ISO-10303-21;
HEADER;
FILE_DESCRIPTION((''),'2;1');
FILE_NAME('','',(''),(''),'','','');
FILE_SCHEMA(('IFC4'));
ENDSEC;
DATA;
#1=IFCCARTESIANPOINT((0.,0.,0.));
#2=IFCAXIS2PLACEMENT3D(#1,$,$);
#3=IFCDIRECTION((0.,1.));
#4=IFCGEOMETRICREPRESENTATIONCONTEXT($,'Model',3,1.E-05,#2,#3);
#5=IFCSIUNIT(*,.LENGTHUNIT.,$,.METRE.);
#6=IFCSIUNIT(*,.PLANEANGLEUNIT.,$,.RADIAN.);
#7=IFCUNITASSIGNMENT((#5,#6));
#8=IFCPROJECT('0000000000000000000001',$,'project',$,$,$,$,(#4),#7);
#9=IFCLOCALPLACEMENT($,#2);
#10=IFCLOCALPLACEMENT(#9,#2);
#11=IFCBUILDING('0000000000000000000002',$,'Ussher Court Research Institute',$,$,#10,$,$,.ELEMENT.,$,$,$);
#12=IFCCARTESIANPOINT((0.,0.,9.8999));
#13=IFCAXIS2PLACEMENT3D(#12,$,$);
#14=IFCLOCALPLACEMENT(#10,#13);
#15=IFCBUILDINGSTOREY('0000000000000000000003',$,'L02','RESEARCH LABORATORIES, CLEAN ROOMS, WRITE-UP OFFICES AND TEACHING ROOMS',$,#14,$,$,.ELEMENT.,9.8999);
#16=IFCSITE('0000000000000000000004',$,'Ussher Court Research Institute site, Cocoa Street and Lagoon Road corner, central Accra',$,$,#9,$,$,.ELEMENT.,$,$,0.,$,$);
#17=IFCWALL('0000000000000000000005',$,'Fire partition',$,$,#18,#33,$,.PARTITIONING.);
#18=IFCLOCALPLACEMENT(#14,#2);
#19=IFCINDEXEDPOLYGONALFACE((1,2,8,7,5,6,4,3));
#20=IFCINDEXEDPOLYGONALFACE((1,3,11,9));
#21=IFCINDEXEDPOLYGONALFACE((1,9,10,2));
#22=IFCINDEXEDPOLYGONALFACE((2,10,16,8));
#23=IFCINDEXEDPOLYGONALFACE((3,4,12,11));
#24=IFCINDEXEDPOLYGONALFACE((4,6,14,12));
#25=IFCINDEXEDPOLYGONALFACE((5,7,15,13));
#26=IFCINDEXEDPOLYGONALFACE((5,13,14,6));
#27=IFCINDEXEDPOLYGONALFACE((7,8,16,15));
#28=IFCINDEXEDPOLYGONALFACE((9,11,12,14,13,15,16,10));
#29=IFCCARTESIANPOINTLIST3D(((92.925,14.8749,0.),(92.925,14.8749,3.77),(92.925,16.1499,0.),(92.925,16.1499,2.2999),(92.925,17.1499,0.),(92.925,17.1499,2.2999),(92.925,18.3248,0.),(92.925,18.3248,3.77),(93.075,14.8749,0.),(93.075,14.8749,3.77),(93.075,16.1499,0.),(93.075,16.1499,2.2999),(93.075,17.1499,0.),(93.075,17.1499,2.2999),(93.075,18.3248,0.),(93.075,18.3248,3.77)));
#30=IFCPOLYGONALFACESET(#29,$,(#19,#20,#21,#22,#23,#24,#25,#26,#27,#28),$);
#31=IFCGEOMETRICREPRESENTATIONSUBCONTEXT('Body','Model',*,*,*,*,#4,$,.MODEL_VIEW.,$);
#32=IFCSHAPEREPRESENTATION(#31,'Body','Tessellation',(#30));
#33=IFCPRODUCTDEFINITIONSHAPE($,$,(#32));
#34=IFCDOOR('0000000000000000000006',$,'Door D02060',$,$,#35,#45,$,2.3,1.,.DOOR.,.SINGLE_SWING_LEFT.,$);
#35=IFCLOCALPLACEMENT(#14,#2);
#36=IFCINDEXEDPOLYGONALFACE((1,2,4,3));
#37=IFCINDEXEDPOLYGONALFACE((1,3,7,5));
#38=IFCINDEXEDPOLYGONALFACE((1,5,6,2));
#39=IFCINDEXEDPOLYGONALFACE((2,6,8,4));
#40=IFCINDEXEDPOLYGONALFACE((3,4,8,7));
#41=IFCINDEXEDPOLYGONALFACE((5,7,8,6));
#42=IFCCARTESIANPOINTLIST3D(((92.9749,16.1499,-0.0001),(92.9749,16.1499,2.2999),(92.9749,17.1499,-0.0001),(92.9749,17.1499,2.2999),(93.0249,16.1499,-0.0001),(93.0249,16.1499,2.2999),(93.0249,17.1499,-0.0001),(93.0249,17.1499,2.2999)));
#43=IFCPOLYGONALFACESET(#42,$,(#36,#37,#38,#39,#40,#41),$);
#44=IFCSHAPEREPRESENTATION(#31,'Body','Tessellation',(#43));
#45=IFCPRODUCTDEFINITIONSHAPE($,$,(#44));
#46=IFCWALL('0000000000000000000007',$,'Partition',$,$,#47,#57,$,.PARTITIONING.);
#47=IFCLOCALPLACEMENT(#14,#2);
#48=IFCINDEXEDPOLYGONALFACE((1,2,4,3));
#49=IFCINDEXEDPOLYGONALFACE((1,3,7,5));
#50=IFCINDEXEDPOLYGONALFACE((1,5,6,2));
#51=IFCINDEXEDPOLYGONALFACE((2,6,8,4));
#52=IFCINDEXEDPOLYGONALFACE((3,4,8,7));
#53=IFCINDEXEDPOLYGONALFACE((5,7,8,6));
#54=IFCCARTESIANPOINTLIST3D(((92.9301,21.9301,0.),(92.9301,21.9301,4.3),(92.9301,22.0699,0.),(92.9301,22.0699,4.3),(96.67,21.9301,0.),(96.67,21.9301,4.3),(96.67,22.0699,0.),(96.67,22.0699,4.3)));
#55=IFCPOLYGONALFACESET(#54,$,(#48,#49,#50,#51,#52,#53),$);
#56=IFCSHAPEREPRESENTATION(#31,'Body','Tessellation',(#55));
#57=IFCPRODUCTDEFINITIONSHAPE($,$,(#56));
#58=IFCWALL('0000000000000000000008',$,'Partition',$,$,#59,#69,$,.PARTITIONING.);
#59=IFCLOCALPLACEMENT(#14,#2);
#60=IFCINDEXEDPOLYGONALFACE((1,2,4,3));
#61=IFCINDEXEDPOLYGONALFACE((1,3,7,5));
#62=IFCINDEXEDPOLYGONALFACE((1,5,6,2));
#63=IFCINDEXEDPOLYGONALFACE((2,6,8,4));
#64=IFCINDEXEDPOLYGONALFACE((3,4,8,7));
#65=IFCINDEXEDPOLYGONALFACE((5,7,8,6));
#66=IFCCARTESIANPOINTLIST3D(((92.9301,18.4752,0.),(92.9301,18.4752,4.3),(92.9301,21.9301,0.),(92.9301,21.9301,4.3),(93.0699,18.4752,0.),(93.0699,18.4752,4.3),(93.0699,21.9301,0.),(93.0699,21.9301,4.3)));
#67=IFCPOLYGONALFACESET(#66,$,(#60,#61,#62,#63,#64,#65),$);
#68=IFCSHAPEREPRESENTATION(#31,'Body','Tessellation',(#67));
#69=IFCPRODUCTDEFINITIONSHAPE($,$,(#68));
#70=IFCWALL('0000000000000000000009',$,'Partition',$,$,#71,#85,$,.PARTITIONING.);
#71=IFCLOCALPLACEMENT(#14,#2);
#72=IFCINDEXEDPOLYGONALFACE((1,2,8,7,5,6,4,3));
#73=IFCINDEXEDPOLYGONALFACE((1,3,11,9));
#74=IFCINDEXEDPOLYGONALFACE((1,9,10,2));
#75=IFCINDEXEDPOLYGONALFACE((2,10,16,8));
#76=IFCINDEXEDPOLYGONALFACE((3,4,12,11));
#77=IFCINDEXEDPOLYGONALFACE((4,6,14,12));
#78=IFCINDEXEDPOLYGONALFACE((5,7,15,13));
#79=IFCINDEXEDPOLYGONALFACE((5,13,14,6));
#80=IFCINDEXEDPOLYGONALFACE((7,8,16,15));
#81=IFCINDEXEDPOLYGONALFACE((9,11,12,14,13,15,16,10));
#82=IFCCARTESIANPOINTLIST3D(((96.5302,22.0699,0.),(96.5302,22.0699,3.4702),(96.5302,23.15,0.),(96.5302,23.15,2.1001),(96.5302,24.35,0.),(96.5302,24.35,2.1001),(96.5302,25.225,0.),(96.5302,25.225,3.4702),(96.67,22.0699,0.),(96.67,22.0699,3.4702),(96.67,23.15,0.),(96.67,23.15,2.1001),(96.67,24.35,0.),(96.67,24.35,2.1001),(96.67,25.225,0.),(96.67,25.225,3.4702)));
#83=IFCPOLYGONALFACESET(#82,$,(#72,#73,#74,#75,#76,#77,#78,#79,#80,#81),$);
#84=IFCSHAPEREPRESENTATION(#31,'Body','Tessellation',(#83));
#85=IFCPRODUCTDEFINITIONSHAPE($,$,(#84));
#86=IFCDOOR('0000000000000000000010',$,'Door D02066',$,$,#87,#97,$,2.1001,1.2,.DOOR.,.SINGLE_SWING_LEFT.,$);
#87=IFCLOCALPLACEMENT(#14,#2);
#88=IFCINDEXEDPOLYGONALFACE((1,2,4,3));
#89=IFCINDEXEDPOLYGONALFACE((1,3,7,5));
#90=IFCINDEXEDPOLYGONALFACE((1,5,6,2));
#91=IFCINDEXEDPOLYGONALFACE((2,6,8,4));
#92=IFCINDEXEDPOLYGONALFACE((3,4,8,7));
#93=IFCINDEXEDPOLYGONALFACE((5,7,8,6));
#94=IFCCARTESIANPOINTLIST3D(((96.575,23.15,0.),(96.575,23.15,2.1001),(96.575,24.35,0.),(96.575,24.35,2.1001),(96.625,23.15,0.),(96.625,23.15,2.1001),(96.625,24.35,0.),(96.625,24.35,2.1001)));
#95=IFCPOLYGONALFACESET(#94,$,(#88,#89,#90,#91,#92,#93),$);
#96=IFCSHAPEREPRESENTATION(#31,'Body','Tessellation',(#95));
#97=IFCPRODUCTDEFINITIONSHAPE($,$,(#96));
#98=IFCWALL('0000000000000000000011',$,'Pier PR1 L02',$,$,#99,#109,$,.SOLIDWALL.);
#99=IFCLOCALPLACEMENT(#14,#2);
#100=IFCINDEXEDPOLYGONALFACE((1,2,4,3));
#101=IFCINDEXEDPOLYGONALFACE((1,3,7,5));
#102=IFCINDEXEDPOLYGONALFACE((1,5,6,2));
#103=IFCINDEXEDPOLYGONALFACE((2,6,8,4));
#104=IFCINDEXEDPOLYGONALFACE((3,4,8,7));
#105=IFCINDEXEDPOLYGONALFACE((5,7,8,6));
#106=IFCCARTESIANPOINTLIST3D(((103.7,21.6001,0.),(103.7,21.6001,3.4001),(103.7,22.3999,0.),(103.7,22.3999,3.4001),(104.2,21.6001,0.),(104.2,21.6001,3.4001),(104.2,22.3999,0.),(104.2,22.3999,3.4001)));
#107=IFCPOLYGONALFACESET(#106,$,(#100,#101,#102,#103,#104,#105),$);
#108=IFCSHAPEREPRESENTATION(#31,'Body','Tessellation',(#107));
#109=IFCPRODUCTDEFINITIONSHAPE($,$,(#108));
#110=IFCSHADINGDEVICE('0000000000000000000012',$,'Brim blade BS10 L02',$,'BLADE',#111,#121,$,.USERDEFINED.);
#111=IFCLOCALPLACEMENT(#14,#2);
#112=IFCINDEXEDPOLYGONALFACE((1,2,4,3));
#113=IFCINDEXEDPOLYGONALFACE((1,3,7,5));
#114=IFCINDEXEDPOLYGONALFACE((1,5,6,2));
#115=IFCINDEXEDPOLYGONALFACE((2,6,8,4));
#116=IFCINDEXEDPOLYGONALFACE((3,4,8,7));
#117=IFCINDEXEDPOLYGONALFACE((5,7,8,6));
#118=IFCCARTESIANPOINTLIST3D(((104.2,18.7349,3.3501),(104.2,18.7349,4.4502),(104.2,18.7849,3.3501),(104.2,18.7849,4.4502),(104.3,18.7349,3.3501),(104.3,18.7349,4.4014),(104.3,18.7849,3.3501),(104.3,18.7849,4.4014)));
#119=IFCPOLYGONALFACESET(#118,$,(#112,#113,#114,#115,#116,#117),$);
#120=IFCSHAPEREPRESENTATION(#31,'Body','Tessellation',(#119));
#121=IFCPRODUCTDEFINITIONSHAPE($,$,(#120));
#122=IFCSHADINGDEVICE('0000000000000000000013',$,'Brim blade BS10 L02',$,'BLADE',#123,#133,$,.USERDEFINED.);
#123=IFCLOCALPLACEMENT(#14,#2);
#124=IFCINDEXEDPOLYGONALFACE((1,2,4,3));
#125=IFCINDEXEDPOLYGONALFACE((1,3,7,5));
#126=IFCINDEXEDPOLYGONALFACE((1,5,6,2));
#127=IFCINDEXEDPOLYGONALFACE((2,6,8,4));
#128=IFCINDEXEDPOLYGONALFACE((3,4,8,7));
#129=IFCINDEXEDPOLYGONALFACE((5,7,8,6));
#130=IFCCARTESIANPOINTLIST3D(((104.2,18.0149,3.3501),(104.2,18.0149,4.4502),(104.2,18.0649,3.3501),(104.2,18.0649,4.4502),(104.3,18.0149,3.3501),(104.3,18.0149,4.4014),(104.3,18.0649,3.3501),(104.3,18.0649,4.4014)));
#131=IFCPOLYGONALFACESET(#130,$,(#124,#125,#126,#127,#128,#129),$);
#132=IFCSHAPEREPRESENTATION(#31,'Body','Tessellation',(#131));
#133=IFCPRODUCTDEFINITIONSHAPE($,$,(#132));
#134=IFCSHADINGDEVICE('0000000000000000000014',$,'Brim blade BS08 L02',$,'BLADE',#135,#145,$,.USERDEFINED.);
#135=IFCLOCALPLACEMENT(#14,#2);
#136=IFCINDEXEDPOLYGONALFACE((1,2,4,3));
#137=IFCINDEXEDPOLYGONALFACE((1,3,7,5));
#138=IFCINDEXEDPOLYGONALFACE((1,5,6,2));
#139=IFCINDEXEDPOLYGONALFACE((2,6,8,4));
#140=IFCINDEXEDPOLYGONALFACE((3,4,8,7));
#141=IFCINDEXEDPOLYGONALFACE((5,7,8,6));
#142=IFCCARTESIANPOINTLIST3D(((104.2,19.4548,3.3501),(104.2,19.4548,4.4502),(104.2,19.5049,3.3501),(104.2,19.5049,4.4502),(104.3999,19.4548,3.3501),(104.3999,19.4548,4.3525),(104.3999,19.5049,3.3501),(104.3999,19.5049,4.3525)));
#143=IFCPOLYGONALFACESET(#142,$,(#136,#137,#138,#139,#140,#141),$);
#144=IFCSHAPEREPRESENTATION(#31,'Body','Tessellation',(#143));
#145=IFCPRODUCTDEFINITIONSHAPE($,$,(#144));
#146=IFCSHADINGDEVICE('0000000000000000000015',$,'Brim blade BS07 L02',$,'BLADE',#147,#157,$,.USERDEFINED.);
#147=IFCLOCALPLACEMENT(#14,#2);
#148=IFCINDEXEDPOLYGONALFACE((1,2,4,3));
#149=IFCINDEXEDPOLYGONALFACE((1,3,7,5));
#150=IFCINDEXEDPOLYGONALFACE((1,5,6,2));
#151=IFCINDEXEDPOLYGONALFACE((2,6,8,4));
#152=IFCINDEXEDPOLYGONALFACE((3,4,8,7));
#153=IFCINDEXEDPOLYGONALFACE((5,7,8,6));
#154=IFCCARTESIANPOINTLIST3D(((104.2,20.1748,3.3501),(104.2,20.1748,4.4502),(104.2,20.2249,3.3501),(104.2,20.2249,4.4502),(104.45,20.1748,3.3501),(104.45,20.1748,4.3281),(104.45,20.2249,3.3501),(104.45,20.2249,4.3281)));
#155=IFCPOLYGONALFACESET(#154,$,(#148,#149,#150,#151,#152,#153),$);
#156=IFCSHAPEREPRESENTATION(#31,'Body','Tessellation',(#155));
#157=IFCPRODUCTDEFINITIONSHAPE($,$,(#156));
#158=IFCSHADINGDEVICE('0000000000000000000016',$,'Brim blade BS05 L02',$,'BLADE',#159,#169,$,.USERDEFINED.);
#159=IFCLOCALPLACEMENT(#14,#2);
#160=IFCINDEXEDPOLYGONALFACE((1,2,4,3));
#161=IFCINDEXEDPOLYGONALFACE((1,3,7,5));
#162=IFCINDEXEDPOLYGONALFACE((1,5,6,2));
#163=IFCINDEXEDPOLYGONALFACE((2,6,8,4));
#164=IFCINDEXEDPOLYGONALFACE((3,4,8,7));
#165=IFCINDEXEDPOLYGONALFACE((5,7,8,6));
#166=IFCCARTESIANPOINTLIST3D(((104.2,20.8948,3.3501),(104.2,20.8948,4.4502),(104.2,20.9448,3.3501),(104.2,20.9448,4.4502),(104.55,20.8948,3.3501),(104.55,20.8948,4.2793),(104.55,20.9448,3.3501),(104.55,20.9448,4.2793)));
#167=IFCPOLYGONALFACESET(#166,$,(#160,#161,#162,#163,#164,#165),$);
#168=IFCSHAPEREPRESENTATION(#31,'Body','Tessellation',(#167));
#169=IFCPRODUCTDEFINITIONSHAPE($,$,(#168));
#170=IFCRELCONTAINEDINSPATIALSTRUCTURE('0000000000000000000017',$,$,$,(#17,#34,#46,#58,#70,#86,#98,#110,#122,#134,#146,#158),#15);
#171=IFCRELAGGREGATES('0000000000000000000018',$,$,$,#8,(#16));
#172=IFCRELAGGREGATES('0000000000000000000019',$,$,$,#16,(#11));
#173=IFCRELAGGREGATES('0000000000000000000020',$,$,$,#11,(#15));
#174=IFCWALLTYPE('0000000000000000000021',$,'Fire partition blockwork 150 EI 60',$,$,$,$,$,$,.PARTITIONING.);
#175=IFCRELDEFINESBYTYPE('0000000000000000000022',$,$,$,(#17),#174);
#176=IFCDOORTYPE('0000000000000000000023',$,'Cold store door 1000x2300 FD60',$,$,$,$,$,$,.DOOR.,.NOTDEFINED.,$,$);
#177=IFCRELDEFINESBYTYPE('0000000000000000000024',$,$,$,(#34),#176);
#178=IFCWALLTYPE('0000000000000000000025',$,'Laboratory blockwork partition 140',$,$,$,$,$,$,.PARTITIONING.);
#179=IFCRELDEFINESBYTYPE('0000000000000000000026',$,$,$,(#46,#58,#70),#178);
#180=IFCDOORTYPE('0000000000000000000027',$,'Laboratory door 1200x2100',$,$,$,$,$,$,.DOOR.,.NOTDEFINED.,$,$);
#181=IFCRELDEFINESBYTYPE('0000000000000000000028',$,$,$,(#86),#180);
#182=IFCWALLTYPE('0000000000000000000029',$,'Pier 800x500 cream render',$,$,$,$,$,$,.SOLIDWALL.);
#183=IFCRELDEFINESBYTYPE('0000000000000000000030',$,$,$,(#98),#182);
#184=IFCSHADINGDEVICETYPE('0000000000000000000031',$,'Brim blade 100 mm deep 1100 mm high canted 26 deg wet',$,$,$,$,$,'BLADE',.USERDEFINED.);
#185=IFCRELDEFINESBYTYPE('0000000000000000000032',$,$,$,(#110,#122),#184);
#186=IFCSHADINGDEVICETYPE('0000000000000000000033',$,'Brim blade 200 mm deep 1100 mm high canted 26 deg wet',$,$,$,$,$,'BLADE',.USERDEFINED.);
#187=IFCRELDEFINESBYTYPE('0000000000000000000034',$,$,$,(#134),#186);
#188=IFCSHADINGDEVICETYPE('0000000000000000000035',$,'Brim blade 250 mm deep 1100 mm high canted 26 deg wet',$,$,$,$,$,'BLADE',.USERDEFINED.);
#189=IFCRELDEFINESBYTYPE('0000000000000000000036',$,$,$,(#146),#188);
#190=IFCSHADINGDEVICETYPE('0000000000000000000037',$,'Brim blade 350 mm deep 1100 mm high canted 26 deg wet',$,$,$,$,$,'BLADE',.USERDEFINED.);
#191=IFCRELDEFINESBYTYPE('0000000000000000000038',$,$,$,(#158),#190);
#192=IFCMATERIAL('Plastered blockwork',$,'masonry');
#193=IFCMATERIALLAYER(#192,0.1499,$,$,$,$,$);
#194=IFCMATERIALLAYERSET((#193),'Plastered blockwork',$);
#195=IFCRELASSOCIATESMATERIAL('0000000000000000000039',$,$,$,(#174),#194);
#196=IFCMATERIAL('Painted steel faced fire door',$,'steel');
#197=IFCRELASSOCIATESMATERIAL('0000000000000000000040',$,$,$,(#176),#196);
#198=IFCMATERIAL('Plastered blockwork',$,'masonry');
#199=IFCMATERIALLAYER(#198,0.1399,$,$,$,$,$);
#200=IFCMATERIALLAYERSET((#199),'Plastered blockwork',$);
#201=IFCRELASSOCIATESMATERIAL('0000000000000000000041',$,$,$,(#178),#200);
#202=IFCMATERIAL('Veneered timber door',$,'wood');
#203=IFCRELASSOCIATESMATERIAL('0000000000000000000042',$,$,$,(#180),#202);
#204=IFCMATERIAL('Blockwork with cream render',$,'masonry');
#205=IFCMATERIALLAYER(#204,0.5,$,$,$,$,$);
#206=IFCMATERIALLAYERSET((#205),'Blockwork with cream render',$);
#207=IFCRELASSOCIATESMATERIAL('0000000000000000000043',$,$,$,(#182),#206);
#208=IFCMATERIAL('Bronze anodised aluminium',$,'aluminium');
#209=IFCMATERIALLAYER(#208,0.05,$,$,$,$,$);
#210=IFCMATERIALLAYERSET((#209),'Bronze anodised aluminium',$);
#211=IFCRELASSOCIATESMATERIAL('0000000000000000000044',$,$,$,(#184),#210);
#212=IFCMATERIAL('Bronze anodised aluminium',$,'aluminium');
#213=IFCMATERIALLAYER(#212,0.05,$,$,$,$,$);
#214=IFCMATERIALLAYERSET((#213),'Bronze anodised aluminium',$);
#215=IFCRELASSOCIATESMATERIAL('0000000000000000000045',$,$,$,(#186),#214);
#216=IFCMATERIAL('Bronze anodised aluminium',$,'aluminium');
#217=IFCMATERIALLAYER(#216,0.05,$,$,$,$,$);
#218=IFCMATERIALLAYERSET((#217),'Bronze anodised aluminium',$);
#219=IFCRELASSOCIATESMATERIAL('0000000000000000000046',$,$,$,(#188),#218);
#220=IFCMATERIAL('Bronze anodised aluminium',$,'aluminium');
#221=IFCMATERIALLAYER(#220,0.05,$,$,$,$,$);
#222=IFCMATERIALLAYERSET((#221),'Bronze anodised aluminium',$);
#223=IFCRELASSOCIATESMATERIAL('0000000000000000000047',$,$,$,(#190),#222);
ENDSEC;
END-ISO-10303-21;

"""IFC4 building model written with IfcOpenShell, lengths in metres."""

from ifc_helpers import new_model, si_unit, direction, frame, frame_2d, origin, place, context, subcontext, project, spatial, polyline, rectangle, outline, extrude, material, layer, layer_set, type_object, element, fill, save


model = new_model("IFC4")

# Units and contexts
model_context = context("Model", 3, precision=1e-05, world=origin(), true_north=direction((0.0, 1.0)))
body_context = subcontext(model_context, "Body", "Model", "MODEL_VIEW")
ifc_project = project(units=[si_unit("LENGTHUNIT", "METRE"), si_unit("PLANEANGLEUNIT", "RADIAN")], contexts=[model_context])

# Site, building, storey
site_placement = place(None, origin())
site = spatial("IfcSite", under=ifc_project, at=site_placement, Name="Ussher Court Research Institute site, Cocoa Street and Lagoon Road corner, central Accra", CompositionType="ELEMENT", RefElevation=0.0)
building_placement = place(site_placement, origin())
building = spatial("IfcBuilding", under=site, at=building_placement, Name="Ussher Court Research Institute", CompositionType="ELEMENT")
storey_placement = place(building_placement, frame((0.0, 0.0, 9.8999)))
storey = spatial("IfcBuildingStorey", under=building, at=storey_placement, Name="L02", Description="RESEARCH LABORATORIES, CLEAN ROOMS, WRITE-UP OFFICES AND TEACHING ROOMS", CompositionType="ELEMENT", Elevation=9.8999)

# Shared definitions
ifc_material_1 = material(Name="Plastered blockwork", Category="masonry")
ifc_layer_1 = layer(ifc_material_1, 0.1499)
ifc_layer_set_1 = layer_set([ifc_layer_1], Name="Plastered blockwork")
wall_type_1 = type_object("IfcWallType", Name="Fire partition blockwork 150 EI 60", PredefinedType="PARTITIONING", material=ifc_layer_set_1)

# Wall, opening, door
wall_1_placement = place(storey_placement, frame((93.0, 18.325, 0.0), z_axis=(0.0, 0.0, 1.0), x_axis=(0.0, -1.0, 0.0)))
wall_1 = element("IfcWall", 1, at=wall_1_placement, inside=storey, type_object=wall_type_1, Name="Fire partition", PredefinedType="PARTITIONING", context=body_context, shape_type="SweptSolid", body=[
    extrude(rectangle(XDim=3.45, YDim=0.1499, at=frame_2d((1.7251, 0.0))), origin(), (0.0, 0.0, 1.0), 3.77),
])
opening_1_placement = place(wall_1_placement, frame((1.175, 0.0, 0.0)))
opening_1 = element("IfcOpeningElement", 2, at=opening_1_placement, cuts=wall_1, PredefinedType="OPENING", context=body_context, shape_type="SweptSolid", body=[
    extrude(rectangle(XDim=1.0, YDim=2.3, at=frame_2d((0.5, 1.1499))), frame((0.0, 0.085, 0.0), z_axis=(0.0, -1.0, 0.0), x_axis=(1.0, 0.0, 0.0)), (0.0, 0.0, 1.0), 0.1699),
])
ifc_material_2 = material(Name="Painted steel faced fire door", Category="steel")
door_type_1 = type_object("IfcDoorType", Name="Cold store door 1000x2300 FD60", OperationType="NOTDEFINED", PredefinedType="DOOR", material=ifc_material_2)
door_1_placement = place(opening_1_placement, origin())
door_1 = element("IfcDoor", 3, at=door_1_placement, inside=storey, type_object=door_type_1, Name="Door D02060", OperationType="SINGLE_SWING_LEFT", OverallHeight=2.3, OverallWidth=1.0, PredefinedType="DOOR", context=body_context, shape_type="SweptSolid", body=[
    extrude(rectangle(XDim=1.0, YDim=2.3, at=frame_2d((0.5, 1.1499))), frame((0.0, 0.0249, 0.0), z_axis=(0.0, -1.0, 0.0), x_axis=(1.0, 0.0, 0.0)), (0.0, 0.0, 1.0), 0.05),
])
fill(opening_1, door_1)

# Walls
ifc_material_3 = material(Name="Plastered blockwork", Category="masonry")
ifc_layer_2 = layer(ifc_material_3, 0.1399)
ifc_layer_set_2 = layer_set([ifc_layer_2], Name="Plastered blockwork")
wall_type_2 = type_object("IfcWallType", Name="Laboratory blockwork partition 140", PredefinedType="PARTITIONING", material=ifc_layer_set_2)
wall_2_placement = place(storey_placement, frame((92.9299, 22.0, 0.0), z_axis=(0.0, 0.0, 1.0), x_axis=(1.0, 0.0, 0.0)))
element("IfcWall", 4, at=wall_2_placement, inside=storey, type_object=wall_type_2, Name="Partition", PredefinedType="PARTITIONING", context=body_context, shape_type="SweptSolid", body=[
    extrude(rectangle(XDim=3.74, YDim=0.1399, at=frame_2d((1.8701, 0.0))), origin(), (0.0, 0.0, 1.0), 4.3),
])
wall_3_placement = place(storey_placement, frame((93.0, 18.4751, 0.0), z_axis=(0.0, 0.0, 1.0), x_axis=(0.0, 1.0, 0.0)))
element("IfcWall", 5, at=wall_3_placement, inside=storey, type_object=wall_type_2, Name="Partition", PredefinedType="PARTITIONING", context=body_context, shape_type="SweptSolid", body=[
    extrude(rectangle(XDim=3.4548, YDim=0.1399, at=frame_2d((1.7275, 0.0))), origin(), (0.0, 0.0, 1.0), 4.3),
])

# Wall, opening, door
wall_4_placement = place(storey_placement, frame((96.6001, 25.2251, 0.0), z_axis=(0.0, 0.0, 1.0), x_axis=(0.0, -1.0, 0.0)))
wall_4 = element("IfcWall", 6, at=wall_4_placement, inside=storey, type_object=wall_type_2, Name="Partition", PredefinedType="PARTITIONING", context=body_context, shape_type="SweptSolid", body=[
    extrude(rectangle(XDim=3.155, YDim=0.1399, at=frame_2d((1.5776, 0.0))), origin(), (0.0, 0.0, 1.0), 3.4702),
])
opening_2_placement = place(wall_4_placement, frame((0.875, 0.0, 0.0)))
opening_2 = element("IfcOpeningElement", 7, at=opening_2_placement, cuts=wall_4, PredefinedType="OPENING", context=body_context, shape_type="SweptSolid", body=[
    extrude(rectangle(XDim=1.2, YDim=2.1001, at=frame_2d((0.6001, 1.05))), frame((0.0, 0.0801, 0.0), z_axis=(0.0, -1.0, 0.0), x_axis=(1.0, 0.0, 0.0)), (0.0, 0.0, 1.0), 0.1599),
])
ifc_material_4 = material(Name="Veneered timber door", Category="wood")
door_type_2 = type_object("IfcDoorType", Name="Laboratory door 1200x2100", OperationType="NOTDEFINED", PredefinedType="DOOR", material=ifc_material_4)
door_2_placement = place(opening_2_placement, origin())
door_2 = element("IfcDoor", 8, at=door_2_placement, inside=storey, type_object=door_type_2, Name="Door D02066", OperationType="SINGLE_SWING_LEFT", OverallHeight=2.1001, OverallWidth=1.2, PredefinedType="DOOR", context=body_context, shape_type="SweptSolid", body=[
    extrude(rectangle(XDim=1.2, YDim=2.1001, at=frame_2d((0.6001, 1.05))), frame((0.0, 0.0249, 0.0), z_axis=(0.0, -1.0, 0.0), x_axis=(1.0, 0.0, 0.0)), (0.0, 0.0, 1.0), 0.05),
])
fill(opening_2, door_2)

# Wall
ifc_material_5 = material(Name="Blockwork with cream render", Category="masonry")
ifc_layer_3 = layer(ifc_material_5, 0.5)
ifc_layer_set_3 = layer_set([ifc_layer_3], Name="Blockwork with cream render")
wall_type_3 = type_object("IfcWallType", Name="Pier 800x500 cream render", PredefinedType="SOLIDWALL", material=ifc_layer_set_3)
wall_5_placement = place(storey_placement, frame((103.95, 22.3999, 0.0), z_axis=(0.0, 0.0, 1.0), x_axis=(0.0, -1.0, 0.0)))
element("IfcWall", 9, at=wall_5_placement, inside=storey, type_object=wall_type_3, Name="Pier PR1 L02", PredefinedType="SOLIDWALL", context=body_context, shape_type="SweptSolid", body=[
    extrude(rectangle(XDim=0.7998, YDim=0.5, at=frame_2d((0.3999, 0.0))), origin(), (0.0, 0.0, 1.0), 3.4001),
])

# Shading devices
ifc_material_6 = material(Name="Bronze anodised aluminium", Category="aluminium")
ifc_layer_4 = layer(ifc_material_6, 0.05)
ifc_layer_set_4 = layer_set([ifc_layer_4], Name="Bronze anodised aluminium")
shading_device_type_1 = type_object("IfcShadingDeviceType", Name="Brim blade 100 mm deep 1100 mm high canted 26 deg wet", ElementType="BLADE", PredefinedType="USERDEFINED", material=ifc_layer_set_4)
for number, where, z_axis, x_axis, name in (
    (10, (104.2, 18.76, 3.3501), (0.0, 0.0, 1.0), (1.0, 0.0, 0.0), "Brim blade BS10 L02"),
    (11, (104.2, 18.04, 3.3501), (0.0, 0.0, 1.0), (1.0, 0.0, 0.0), "Brim blade BS10 L02"),
):
    element("IfcShadingDevice", number, at=place(storey_placement, frame(where, z_axis=z_axis, x_axis=x_axis)), inside=storey, type_object=shading_device_type_1, Name=name, ObjectType="BLADE", PredefinedType="USERDEFINED", context=body_context, shape_type="SweptSolid", body=[
        extrude(outline(polyline([(0.0, 0.0), (0.1001, 0.0), (0.1001, 1.0513), (0.0, 1.1001), (0.0, 0.0)])), frame((0.0, 0.0249, 0.0), z_axis=(0.0, -1.0, 0.0), x_axis=(1.0, 0.0, 0.0)), (0.0, 0.0, 1.0), 0.05),
    ])
ifc_material_7 = material(Name="Bronze anodised aluminium", Category="aluminium")
ifc_layer_5 = layer(ifc_material_7, 0.05)
ifc_layer_set_5 = layer_set([ifc_layer_5], Name="Bronze anodised aluminium")
shading_device_type_2 = type_object("IfcShadingDeviceType", Name="Brim blade 200 mm deep 1100 mm high canted 26 deg wet", ElementType="BLADE", PredefinedType="USERDEFINED", material=ifc_layer_set_5)
shading_device_1_placement = place(storey_placement, frame((104.2, 19.48, 3.3501), z_axis=(0.0, 0.0, 1.0), x_axis=(1.0, 0.0, 0.0)))
element("IfcShadingDevice", 12, at=shading_device_1_placement, inside=storey, type_object=shading_device_type_2, Name="Brim blade BS08 L02", ObjectType="BLADE", PredefinedType="USERDEFINED", context=body_context, shape_type="SweptSolid", body=[
    extrude(outline(polyline([(0.0, 0.0), (0.2, 0.0), (0.2, 1.0024), (0.0, 1.1001), (0.0, 0.0)])), frame((0.0, 0.0249, 0.0), z_axis=(0.0, -1.0, 0.0), x_axis=(1.0, 0.0, 0.0)), (0.0, 0.0, 1.0), 0.05),
])
ifc_material_8 = material(Name="Bronze anodised aluminium", Category="aluminium")
ifc_layer_6 = layer(ifc_material_8, 0.05)
ifc_layer_set_6 = layer_set([ifc_layer_6], Name="Bronze anodised aluminium")
shading_device_type_3 = type_object("IfcShadingDeviceType", Name="Brim blade 250 mm deep 1100 mm high canted 26 deg wet", ElementType="BLADE", PredefinedType="USERDEFINED", material=ifc_layer_set_6)
shading_device_2_placement = place(storey_placement, frame((104.2, 20.2, 3.3501), z_axis=(0.0, 0.0, 1.0), x_axis=(1.0, 0.0, 0.0)))
element("IfcShadingDevice", 13, at=shading_device_2_placement, inside=storey, type_object=shading_device_type_3, Name="Brim blade BS07 L02", ObjectType="BLADE", PredefinedType="USERDEFINED", context=body_context, shape_type="SweptSolid", body=[
    extrude(outline(polyline([(0.0, 0.0), (0.25, 0.0), (0.25, 0.978), (0.0, 1.1001), (0.0, 0.0)])), frame((0.0, 0.0249, 0.0), z_axis=(0.0, -1.0, 0.0), x_axis=(1.0, 0.0, 0.0)), (0.0, 0.0, 1.0), 0.05),
])
ifc_material_9 = material(Name="Bronze anodised aluminium", Category="aluminium")
ifc_layer_7 = layer(ifc_material_9, 0.05)
ifc_layer_set_7 = layer_set([ifc_layer_7], Name="Bronze anodised aluminium")
shading_device_type_4 = type_object("IfcShadingDeviceType", Name="Brim blade 350 mm deep 1100 mm high canted 26 deg wet", ElementType="BLADE", PredefinedType="USERDEFINED", material=ifc_layer_set_7)
shading_device_3_placement = place(storey_placement, frame((104.2, 20.9199, 3.3501), z_axis=(0.0, 0.0, 1.0), x_axis=(1.0, 0.0, 0.0)))
element("IfcShadingDevice", 14, at=shading_device_3_placement, inside=storey, type_object=shading_device_type_4, Name="Brim blade BS05 L02", ObjectType="BLADE", PredefinedType="USERDEFINED", context=body_context, shape_type="SweptSolid", body=[
    extrude(outline(polyline([(0.0, 0.0), (0.3501, 0.0), (0.3501, 0.9292), (0.0, 1.1001), (0.0, 0.0)])), frame((0.0, 0.0249, 0.0), z_axis=(0.0, -1.0, 0.0), x_axis=(1.0, 0.0, 0.0)), (0.0, 0.0, 1.0), 0.05),
])

save(model, "model.ifc")
